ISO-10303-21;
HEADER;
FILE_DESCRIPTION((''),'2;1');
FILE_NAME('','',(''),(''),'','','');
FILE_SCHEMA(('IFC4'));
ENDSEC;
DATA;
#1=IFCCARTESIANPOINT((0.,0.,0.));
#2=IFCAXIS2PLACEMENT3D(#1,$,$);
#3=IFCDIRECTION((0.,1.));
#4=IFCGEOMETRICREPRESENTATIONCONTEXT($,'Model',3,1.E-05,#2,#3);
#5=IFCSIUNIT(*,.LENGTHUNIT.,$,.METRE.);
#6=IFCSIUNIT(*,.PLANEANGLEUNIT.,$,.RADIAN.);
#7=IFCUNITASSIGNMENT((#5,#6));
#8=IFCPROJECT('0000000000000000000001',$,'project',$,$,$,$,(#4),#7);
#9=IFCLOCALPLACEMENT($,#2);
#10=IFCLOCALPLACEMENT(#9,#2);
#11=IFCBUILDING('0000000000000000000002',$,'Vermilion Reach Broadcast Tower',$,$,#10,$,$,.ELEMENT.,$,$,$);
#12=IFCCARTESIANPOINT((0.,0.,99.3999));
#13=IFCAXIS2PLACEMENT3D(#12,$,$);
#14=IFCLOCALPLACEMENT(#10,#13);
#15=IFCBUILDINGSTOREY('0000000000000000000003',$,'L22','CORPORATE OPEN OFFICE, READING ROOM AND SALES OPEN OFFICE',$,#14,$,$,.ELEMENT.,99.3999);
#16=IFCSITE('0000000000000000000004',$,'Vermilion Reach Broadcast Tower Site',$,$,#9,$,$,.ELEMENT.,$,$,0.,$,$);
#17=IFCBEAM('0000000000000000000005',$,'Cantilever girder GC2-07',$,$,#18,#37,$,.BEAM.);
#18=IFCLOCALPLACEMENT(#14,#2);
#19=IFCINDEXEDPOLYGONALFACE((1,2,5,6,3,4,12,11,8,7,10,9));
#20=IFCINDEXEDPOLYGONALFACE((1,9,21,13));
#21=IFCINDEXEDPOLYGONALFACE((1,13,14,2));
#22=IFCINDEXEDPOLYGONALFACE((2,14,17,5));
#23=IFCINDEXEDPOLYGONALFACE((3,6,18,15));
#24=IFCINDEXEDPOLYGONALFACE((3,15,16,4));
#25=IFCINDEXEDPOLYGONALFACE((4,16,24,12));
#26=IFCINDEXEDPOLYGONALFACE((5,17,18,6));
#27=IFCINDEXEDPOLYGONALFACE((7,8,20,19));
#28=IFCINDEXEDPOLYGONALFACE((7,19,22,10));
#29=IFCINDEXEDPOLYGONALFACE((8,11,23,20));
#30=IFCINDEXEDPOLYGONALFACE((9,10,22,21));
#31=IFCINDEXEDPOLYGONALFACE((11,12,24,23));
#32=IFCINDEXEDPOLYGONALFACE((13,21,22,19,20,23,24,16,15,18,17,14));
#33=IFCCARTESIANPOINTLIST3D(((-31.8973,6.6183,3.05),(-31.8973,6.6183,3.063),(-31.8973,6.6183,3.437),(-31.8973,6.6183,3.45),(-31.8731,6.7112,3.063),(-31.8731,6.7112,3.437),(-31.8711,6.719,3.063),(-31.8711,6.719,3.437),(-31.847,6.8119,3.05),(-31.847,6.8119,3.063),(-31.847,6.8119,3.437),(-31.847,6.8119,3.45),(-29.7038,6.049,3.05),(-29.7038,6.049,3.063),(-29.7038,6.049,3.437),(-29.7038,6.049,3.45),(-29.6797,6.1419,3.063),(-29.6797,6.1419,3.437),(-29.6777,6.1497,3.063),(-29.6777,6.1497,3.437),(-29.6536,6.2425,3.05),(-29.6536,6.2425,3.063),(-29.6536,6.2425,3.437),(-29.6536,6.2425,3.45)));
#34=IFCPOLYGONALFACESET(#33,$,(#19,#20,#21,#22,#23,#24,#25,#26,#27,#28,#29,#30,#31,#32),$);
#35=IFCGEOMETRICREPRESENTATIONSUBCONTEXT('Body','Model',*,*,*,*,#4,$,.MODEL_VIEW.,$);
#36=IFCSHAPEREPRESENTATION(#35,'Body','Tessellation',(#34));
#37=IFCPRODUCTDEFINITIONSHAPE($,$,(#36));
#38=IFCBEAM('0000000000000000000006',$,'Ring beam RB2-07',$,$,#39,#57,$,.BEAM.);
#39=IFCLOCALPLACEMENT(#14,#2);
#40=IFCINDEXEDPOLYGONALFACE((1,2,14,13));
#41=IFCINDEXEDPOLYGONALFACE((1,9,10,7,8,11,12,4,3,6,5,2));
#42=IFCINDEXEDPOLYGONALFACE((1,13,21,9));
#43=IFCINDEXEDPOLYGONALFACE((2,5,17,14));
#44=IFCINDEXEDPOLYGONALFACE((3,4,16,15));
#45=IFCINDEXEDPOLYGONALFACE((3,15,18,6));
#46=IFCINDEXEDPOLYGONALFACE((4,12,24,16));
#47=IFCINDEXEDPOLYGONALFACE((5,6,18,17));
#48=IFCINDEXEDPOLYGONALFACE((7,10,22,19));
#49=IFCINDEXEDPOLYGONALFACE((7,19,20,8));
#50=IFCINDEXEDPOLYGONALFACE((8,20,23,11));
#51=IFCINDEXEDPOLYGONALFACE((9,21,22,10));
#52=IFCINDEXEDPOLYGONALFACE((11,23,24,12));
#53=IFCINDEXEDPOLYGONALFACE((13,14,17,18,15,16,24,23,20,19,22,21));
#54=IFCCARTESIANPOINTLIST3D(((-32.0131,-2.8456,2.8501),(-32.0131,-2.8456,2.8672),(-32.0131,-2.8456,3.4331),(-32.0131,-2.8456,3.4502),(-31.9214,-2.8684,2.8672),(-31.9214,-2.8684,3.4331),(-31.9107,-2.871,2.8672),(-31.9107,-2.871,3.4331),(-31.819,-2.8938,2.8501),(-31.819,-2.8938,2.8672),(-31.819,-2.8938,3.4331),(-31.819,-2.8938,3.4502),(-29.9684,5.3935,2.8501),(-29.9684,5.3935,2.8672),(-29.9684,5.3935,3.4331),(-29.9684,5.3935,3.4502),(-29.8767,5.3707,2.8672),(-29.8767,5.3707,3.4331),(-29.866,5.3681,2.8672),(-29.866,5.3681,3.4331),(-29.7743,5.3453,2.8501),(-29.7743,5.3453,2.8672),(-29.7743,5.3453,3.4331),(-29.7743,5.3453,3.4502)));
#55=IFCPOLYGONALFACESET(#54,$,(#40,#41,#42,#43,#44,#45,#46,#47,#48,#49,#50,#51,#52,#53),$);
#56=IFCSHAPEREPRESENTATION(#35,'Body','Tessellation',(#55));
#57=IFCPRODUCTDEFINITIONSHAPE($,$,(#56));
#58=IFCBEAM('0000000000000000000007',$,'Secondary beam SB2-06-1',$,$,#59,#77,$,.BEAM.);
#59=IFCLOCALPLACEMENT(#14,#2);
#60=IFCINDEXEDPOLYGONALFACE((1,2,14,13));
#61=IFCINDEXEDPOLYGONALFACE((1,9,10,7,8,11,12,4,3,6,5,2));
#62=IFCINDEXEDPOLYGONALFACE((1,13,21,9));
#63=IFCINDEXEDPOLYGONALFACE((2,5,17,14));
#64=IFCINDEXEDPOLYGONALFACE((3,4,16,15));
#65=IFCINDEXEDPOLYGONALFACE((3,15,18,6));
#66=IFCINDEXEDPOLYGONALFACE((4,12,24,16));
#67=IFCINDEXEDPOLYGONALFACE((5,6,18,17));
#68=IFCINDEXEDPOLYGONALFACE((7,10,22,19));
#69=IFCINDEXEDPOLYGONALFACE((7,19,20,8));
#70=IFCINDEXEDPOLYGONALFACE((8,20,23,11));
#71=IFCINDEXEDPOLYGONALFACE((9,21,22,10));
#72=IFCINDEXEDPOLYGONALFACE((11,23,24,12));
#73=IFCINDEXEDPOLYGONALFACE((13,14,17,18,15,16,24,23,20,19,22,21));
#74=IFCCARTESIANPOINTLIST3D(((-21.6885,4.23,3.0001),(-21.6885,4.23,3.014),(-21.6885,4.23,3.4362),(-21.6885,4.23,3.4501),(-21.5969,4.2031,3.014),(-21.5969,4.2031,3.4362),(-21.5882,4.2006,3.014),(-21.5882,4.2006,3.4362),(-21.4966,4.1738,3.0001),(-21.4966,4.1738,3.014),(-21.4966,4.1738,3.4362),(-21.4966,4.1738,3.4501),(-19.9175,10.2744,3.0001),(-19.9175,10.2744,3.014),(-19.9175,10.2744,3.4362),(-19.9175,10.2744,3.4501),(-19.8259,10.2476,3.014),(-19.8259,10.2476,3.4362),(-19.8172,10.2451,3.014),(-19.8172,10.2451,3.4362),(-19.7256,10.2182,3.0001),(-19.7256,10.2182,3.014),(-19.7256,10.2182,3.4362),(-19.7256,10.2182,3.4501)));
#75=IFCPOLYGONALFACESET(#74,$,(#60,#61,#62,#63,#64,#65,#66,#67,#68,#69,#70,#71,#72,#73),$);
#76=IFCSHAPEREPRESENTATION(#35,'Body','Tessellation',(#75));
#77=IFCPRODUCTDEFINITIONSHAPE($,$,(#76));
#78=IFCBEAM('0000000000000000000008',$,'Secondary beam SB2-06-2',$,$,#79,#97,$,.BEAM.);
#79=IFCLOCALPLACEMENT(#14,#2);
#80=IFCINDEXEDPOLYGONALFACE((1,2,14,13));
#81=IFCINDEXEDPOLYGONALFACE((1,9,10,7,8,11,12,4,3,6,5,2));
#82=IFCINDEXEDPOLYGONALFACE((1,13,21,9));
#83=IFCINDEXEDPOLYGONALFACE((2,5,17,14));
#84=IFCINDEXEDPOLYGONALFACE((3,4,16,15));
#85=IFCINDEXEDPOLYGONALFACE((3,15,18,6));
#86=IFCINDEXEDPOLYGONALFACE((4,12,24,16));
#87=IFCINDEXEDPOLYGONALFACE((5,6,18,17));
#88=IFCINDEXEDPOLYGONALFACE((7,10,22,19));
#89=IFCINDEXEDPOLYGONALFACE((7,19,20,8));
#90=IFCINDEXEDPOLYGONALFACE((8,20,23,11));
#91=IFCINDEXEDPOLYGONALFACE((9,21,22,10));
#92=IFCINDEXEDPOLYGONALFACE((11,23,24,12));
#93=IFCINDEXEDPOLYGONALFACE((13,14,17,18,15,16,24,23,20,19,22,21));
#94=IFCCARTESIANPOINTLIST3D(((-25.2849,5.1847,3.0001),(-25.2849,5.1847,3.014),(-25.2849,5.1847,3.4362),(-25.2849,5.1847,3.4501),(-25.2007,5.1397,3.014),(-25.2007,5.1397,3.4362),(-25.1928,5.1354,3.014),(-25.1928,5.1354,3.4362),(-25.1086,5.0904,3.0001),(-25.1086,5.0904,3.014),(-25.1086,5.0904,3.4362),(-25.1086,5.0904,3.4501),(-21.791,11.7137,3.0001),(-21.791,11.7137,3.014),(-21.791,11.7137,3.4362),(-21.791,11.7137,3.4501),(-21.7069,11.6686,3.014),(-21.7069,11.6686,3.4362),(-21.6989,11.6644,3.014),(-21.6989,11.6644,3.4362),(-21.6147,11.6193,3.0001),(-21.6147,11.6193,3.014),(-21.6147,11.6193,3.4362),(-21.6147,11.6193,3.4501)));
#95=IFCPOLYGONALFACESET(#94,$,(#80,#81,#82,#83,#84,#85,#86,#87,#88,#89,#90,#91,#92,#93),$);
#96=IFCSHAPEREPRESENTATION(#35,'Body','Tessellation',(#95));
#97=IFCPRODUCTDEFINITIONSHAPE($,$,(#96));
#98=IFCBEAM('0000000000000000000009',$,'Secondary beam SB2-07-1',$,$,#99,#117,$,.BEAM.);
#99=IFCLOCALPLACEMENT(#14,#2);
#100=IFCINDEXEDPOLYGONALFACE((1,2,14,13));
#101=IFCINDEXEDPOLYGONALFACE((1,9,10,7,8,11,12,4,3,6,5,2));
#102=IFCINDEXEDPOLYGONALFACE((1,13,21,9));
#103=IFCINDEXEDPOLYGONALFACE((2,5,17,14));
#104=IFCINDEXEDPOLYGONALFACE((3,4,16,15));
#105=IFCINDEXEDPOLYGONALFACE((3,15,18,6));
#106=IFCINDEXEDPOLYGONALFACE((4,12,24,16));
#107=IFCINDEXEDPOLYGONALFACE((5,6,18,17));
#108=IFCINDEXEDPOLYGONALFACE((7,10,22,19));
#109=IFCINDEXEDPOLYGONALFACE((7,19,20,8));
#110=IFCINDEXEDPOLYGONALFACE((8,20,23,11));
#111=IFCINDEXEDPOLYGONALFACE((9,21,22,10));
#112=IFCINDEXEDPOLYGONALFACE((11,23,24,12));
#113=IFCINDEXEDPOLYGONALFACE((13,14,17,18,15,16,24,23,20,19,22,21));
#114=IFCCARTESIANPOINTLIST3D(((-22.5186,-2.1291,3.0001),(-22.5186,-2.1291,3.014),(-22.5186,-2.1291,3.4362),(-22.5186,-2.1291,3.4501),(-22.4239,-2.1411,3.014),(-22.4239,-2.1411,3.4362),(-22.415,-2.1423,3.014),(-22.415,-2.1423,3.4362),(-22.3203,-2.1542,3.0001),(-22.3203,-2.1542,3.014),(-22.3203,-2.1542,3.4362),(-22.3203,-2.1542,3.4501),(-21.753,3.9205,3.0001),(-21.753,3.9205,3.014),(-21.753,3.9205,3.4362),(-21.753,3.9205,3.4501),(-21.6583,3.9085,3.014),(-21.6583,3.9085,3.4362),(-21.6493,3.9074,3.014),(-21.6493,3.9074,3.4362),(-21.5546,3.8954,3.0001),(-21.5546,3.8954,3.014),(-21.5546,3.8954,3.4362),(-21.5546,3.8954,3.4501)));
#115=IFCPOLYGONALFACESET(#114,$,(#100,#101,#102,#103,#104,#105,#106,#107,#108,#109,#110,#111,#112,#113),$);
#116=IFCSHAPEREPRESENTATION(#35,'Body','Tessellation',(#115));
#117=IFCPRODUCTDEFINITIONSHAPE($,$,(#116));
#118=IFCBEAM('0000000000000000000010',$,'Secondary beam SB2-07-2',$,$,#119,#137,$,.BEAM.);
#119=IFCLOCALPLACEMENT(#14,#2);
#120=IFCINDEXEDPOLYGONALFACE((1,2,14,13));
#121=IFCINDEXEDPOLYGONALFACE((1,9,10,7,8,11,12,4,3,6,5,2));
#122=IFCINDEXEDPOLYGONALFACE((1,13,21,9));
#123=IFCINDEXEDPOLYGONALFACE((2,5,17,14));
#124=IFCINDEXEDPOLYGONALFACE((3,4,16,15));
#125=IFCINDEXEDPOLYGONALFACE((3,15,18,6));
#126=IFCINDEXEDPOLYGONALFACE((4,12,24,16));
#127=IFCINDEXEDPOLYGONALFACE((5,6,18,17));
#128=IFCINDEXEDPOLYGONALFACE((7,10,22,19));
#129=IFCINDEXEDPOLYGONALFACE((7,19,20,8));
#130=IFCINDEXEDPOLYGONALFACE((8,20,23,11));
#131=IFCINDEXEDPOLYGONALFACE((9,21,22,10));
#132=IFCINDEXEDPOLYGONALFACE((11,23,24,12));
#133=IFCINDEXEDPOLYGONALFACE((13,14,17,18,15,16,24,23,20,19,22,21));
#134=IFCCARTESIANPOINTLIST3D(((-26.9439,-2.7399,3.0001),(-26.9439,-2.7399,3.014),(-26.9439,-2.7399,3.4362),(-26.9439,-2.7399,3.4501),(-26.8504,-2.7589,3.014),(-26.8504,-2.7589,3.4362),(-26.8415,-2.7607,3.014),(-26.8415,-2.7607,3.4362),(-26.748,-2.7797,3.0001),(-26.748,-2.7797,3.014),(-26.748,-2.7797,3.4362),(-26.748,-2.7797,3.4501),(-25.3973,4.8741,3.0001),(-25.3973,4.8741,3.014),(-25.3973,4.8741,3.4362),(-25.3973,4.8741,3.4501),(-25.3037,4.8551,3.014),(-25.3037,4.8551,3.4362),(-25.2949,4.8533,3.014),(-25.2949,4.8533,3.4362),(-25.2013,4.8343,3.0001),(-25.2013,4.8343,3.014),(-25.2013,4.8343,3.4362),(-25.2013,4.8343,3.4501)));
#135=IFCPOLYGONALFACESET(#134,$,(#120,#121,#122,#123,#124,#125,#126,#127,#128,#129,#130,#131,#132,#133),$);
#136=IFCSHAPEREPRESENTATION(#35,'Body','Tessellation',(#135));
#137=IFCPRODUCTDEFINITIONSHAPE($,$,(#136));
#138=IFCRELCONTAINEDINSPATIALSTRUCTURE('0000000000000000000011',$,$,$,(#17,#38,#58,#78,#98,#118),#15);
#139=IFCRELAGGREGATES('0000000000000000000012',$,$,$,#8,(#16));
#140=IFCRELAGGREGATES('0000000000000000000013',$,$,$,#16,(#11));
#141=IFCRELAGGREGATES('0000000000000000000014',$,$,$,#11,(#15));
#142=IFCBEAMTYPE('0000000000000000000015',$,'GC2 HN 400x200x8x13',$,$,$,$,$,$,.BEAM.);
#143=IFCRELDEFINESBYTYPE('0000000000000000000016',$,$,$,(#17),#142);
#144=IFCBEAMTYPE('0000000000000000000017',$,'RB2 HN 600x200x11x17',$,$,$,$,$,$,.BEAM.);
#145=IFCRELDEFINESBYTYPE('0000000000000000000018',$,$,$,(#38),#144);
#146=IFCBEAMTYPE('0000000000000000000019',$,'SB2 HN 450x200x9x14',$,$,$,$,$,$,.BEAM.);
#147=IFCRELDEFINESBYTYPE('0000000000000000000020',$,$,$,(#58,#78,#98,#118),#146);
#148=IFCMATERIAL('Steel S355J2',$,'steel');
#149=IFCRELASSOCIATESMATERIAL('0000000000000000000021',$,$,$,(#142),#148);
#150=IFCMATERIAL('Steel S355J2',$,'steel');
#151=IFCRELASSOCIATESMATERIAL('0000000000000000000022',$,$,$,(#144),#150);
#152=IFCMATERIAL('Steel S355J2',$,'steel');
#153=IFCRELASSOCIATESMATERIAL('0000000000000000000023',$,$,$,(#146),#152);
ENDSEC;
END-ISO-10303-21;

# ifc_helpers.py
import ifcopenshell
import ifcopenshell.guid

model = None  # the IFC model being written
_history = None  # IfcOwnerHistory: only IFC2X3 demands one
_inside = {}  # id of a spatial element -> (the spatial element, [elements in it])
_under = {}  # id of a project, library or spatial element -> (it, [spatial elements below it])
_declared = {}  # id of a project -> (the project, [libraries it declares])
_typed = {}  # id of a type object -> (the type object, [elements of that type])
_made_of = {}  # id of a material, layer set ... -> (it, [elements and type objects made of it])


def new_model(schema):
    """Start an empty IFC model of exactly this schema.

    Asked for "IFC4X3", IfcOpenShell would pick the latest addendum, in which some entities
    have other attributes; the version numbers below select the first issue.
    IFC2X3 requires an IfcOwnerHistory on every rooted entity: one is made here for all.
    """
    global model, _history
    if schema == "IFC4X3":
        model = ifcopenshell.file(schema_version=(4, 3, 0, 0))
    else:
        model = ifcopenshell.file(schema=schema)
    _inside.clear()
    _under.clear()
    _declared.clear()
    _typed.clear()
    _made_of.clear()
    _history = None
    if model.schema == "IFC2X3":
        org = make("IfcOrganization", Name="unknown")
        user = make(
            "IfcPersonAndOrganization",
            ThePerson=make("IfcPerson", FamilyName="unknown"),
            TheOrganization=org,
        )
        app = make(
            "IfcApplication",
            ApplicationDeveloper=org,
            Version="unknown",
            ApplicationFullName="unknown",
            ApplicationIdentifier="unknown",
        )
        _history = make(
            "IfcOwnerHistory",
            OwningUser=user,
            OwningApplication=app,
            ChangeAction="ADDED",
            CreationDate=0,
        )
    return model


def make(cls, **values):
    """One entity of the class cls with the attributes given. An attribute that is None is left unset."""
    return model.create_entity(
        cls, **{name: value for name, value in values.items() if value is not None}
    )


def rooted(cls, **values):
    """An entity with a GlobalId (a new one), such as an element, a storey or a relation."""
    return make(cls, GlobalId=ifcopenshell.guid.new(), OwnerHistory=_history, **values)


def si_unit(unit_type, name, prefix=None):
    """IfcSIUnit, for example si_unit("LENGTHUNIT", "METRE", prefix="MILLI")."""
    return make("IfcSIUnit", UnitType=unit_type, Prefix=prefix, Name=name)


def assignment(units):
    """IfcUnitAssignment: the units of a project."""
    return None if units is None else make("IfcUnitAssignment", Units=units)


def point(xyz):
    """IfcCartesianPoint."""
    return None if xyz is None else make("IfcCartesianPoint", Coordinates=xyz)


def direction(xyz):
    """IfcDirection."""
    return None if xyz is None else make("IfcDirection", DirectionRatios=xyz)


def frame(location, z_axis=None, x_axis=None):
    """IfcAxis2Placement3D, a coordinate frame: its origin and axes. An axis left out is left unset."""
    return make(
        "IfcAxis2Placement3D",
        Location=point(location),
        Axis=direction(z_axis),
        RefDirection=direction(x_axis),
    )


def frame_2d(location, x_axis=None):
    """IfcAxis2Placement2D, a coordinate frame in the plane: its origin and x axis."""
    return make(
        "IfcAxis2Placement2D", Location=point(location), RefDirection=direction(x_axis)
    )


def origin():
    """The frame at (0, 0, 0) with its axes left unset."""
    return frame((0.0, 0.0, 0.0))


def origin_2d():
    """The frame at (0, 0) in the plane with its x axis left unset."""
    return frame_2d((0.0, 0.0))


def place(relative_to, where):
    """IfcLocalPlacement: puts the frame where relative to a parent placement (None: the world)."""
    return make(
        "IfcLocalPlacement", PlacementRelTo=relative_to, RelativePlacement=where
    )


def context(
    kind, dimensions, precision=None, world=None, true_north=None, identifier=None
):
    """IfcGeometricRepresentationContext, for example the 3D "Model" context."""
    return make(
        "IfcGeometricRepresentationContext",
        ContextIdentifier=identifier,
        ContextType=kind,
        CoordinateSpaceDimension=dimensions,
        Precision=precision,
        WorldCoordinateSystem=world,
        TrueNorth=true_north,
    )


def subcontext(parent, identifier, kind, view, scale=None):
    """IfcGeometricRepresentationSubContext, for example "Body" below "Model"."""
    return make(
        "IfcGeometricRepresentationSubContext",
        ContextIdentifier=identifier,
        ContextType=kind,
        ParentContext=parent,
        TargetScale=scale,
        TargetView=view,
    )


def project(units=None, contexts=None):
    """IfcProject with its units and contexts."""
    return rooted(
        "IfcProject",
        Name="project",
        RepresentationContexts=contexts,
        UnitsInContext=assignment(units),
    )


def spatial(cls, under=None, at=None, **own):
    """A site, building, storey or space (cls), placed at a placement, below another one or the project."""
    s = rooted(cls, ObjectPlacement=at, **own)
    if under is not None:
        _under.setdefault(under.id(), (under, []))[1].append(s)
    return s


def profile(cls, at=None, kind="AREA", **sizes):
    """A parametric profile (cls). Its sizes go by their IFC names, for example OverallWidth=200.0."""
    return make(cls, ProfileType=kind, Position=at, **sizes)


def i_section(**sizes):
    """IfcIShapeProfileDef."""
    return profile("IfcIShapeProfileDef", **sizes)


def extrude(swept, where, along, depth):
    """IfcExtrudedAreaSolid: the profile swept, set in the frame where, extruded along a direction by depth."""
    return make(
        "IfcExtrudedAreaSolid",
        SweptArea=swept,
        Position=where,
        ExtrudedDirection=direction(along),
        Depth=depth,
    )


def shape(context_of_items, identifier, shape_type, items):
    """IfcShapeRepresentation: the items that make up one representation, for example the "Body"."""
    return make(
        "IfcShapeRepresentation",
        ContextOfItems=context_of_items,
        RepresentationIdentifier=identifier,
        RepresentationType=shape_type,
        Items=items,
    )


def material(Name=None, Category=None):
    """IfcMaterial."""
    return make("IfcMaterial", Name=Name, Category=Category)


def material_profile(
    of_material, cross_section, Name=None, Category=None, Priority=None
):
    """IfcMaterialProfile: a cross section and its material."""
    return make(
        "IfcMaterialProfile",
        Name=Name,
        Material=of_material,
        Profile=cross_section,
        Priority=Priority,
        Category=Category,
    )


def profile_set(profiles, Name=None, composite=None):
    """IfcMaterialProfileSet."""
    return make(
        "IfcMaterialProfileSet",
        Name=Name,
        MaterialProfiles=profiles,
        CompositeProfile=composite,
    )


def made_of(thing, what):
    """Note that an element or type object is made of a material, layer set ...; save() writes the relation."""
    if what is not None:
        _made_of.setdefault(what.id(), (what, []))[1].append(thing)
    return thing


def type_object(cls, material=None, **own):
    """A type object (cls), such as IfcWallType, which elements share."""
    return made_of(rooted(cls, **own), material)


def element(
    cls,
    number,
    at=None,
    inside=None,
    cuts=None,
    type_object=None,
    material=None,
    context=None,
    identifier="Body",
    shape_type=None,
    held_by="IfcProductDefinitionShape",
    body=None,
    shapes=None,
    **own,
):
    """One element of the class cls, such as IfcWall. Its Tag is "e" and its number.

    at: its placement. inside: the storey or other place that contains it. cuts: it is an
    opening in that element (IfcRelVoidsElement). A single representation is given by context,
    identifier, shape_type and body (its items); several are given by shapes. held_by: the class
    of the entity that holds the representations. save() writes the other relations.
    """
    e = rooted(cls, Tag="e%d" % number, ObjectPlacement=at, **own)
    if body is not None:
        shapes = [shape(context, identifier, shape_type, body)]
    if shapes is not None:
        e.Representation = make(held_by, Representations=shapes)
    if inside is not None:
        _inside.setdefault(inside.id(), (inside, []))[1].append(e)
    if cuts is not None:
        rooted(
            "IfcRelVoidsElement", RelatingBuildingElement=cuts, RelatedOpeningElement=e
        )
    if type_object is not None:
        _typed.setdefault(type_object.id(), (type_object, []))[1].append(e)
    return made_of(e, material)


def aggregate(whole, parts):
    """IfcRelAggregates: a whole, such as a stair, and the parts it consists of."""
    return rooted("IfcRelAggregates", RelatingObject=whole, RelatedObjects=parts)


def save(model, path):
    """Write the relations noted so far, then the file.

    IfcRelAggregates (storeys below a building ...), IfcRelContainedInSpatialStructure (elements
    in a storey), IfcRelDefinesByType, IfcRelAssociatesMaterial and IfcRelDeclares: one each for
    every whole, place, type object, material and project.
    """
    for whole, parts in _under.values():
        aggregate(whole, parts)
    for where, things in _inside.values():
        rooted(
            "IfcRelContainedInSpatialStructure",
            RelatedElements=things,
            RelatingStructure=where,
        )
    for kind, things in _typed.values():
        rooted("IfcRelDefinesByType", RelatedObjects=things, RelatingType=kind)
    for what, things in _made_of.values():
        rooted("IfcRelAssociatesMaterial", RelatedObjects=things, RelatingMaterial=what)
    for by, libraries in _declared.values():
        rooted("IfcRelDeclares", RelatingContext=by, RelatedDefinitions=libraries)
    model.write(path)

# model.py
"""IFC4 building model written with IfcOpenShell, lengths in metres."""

from ifc_helpers import new_model, si_unit, direction, frame, origin, origin_2d, place, context, subcontext, project, spatial, i_section, extrude, material, material_profile, profile_set, type_object, element, save


model = new_model("IFC4")

# Units and contexts
model_context = context("Model", 3, precision=1e-05, world=origin(), true_north=direction((0.0, 1.0)))
body_context = subcontext(model_context, "Body", "Model", "MODEL_VIEW")
ifc_project = project(units=[si_unit("LENGTHUNIT", "METRE"), si_unit("PLANEANGLEUNIT", "RADIAN")], contexts=[model_context])

# Site, building, storey
site_placement = place(None, origin())
site = spatial("IfcSite", under=ifc_project, at=site_placement, Name="Vermilion Reach Broadcast Tower Site", CompositionType="ELEMENT", RefElevation=0.0)
building_placement = place(site_placement, origin())
building = spatial("IfcBuilding", under=site, at=building_placement, Name="Vermilion Reach Broadcast Tower", CompositionType="ELEMENT")
storey_placement = place(building_placement, frame((0.0, 0.0, 99.3999)))
storey = spatial("IfcBuildingStorey", under=building, at=storey_placement, Name="L22", Description="CORPORATE OPEN OFFICE, READING ROOM AND SALES OPEN OFFICE", CompositionType="ELEMENT", Elevation=99.3999)

# Beams
ifc_material_1 = material(Name="Steel S355J2", Category="steel")
ifc_material_profile_1 = material_profile(ifc_material_1, i_section(OverallWidth=0.2, OverallDepth=0.3999, WebThickness=0.0081, FlangeThickness=0.0129, at=origin_2d()), Name="S355J2 HN 400x200x8x13")
ifc_profile_set_1 = profile_set([ifc_material_profile_1], Name="Steel S355J2")
beam_type_1 = type_object("IfcBeamType", Name="GC2 HN 400x200x8x13", PredefinedType="BEAM", material=ifc_profile_set_1)
beam_1_placement = place(storey_placement, frame((-29.6787, 6.1458, 3.25), z_axis=(-0.967923, 0.251246, 0.0), x_axis=(-0.251246, -0.967923, 0.0)))
element("IfcBeam", 1, at=beam_1_placement, inside=storey, type_object=beam_type_1, Name="Cantilever girder GC2-07", PredefinedType="BEAM", context=body_context, shape_type="SweptSolid", body=[
    extrude(i_section(OverallWidth=0.2, OverallDepth=0.3999, WebThickness=0.0081, FlangeThickness=0.0129, at=origin_2d()), origin(), (0.0, 0.0, 1.0), 2.2661),
])
ifc_material_2 = material(Name="Steel S355J2", Category="steel")
ifc_material_profile_2 = material_profile(ifc_material_2, i_section(OverallWidth=0.2, OverallDepth=0.6001, WebThickness=0.011, FlangeThickness=0.0171, at=origin_2d()), Name="S355J2 HN 600x200x11x17")
ifc_profile_set_2 = profile_set([ifc_material_profile_2], Name="Steel S355J2")
beam_type_2 = type_object("IfcBeamType", Name="RB2 HN 600x200x11x17", PredefinedType="BEAM", material=ifc_profile_set_2)
beam_2_placement = place(storey_placement, frame((-29.8713, 5.3694, 3.1501), z_axis=(-0.240864, -0.970559, 0.0), x_axis=(0.970559, -0.240864, 0.0)))
element("IfcBeam", 2, at=beam_2_placement, inside=storey, type_object=beam_type_2, Name="Ring beam RB2-07", PredefinedType="BEAM", context=body_context, shape_type="SweptSolid", body=[
    extrude(i_section(OverallWidth=0.2, OverallDepth=0.6001, WebThickness=0.011, FlangeThickness=0.0171, at=origin_2d()), origin(), (0.0, 0.0, 1.0), 8.489),
])
ifc_material_3 = material(Name="Steel S355J2", Category="steel")
ifc_material_profile_3 = material_profile(ifc_material_3, i_section(OverallWidth=0.2, OverallDepth=0.45, WebThickness=0.009, FlangeThickness=0.0139, at=origin_2d()), Name="S355J2 HN 450x200x9x14")
ifc_profile_set_3 = profile_set([ifc_material_profile_3], Name="Steel S355J2")
beam_type_3 = type_object("IfcBeamType", Name="SB2 HN 450x200x9x14", PredefinedType="BEAM", material=ifc_profile_set_3)
beam_3_placement = place(storey_placement, frame((-19.8215, 10.2463, 3.2251), z_axis=(-0.281176, -0.959656, 0.0), x_axis=(0.959656, -0.281176, 0.0)))
element("IfcBeam", 3, at=beam_3_placement, inside=storey, type_object=beam_type_3, Name="Secondary beam SB2-06-1", PredefinedType="BEAM", context=body_context, shape_type="SweptSolid", body=[
    extrude(i_section(OverallWidth=0.2, OverallDepth=0.45, WebThickness=0.009, FlangeThickness=0.0139, at=origin_2d()), origin(), (0.0, 0.0, 1.0), 6.2986),
])
beam_4_placement = place(storey_placement, frame((-21.7029, 11.6665, 3.2251), z_axis=(-0.471822, -0.881694, 0.0), x_axis=(0.881694, -0.471822, 0.0)))
element("IfcBeam", 4, at=beam_4_placement, inside=storey, type_object=beam_type_3, Name="Secondary beam SB2-06-2", PredefinedType="BEAM", context=body_context, shape_type="SweptSolid", body=[
    extrude(i_section(OverallWidth=0.2, OverallDepth=0.45, WebThickness=0.009, FlangeThickness=0.0139, at=origin_2d()), origin(), (0.0, 0.0, 1.0), 7.405),
])
beam_5_placement = place(storey_placement, frame((-21.6538, 3.908, 3.2251), z_axis=(-0.125557, -0.992086, 0.0), x_axis=(0.992086, -0.125557, 0.0)))
element("IfcBeam", 5, at=beam_5_placement, inside=storey, type_object=beam_type_3, Name="Secondary beam SB2-07-1", PredefinedType="BEAM", context=body_context, shape_type="SweptSolid", body=[
    extrude(i_section(OverallWidth=0.2, OverallDepth=0.45, WebThickness=0.009, FlangeThickness=0.0139, at=origin_2d()), origin(), (0.0, 0.0, 1.0), 6.0979),
])
beam_6_placement = place(storey_placement, frame((-25.2993, 4.8542, 3.2251), z_axis=(-0.199064, -0.979986, 0.0), x_axis=(0.979986, -0.199064, 0.0)))
element("IfcBeam", 6, at=beam_6_placement, inside=storey, type_object=beam_type_3, Name="Secondary beam SB2-07-2", PredefinedType="BEAM", context=body_context, shape_type="SweptSolid", body=[
    extrude(i_section(OverallWidth=0.2, OverallDepth=0.45, WebThickness=0.009, FlangeThickness=0.0139, at=origin_2d()), origin(), (0.0, 0.0, 1.0), 7.7695),
])

save(model, "model.ifc")
